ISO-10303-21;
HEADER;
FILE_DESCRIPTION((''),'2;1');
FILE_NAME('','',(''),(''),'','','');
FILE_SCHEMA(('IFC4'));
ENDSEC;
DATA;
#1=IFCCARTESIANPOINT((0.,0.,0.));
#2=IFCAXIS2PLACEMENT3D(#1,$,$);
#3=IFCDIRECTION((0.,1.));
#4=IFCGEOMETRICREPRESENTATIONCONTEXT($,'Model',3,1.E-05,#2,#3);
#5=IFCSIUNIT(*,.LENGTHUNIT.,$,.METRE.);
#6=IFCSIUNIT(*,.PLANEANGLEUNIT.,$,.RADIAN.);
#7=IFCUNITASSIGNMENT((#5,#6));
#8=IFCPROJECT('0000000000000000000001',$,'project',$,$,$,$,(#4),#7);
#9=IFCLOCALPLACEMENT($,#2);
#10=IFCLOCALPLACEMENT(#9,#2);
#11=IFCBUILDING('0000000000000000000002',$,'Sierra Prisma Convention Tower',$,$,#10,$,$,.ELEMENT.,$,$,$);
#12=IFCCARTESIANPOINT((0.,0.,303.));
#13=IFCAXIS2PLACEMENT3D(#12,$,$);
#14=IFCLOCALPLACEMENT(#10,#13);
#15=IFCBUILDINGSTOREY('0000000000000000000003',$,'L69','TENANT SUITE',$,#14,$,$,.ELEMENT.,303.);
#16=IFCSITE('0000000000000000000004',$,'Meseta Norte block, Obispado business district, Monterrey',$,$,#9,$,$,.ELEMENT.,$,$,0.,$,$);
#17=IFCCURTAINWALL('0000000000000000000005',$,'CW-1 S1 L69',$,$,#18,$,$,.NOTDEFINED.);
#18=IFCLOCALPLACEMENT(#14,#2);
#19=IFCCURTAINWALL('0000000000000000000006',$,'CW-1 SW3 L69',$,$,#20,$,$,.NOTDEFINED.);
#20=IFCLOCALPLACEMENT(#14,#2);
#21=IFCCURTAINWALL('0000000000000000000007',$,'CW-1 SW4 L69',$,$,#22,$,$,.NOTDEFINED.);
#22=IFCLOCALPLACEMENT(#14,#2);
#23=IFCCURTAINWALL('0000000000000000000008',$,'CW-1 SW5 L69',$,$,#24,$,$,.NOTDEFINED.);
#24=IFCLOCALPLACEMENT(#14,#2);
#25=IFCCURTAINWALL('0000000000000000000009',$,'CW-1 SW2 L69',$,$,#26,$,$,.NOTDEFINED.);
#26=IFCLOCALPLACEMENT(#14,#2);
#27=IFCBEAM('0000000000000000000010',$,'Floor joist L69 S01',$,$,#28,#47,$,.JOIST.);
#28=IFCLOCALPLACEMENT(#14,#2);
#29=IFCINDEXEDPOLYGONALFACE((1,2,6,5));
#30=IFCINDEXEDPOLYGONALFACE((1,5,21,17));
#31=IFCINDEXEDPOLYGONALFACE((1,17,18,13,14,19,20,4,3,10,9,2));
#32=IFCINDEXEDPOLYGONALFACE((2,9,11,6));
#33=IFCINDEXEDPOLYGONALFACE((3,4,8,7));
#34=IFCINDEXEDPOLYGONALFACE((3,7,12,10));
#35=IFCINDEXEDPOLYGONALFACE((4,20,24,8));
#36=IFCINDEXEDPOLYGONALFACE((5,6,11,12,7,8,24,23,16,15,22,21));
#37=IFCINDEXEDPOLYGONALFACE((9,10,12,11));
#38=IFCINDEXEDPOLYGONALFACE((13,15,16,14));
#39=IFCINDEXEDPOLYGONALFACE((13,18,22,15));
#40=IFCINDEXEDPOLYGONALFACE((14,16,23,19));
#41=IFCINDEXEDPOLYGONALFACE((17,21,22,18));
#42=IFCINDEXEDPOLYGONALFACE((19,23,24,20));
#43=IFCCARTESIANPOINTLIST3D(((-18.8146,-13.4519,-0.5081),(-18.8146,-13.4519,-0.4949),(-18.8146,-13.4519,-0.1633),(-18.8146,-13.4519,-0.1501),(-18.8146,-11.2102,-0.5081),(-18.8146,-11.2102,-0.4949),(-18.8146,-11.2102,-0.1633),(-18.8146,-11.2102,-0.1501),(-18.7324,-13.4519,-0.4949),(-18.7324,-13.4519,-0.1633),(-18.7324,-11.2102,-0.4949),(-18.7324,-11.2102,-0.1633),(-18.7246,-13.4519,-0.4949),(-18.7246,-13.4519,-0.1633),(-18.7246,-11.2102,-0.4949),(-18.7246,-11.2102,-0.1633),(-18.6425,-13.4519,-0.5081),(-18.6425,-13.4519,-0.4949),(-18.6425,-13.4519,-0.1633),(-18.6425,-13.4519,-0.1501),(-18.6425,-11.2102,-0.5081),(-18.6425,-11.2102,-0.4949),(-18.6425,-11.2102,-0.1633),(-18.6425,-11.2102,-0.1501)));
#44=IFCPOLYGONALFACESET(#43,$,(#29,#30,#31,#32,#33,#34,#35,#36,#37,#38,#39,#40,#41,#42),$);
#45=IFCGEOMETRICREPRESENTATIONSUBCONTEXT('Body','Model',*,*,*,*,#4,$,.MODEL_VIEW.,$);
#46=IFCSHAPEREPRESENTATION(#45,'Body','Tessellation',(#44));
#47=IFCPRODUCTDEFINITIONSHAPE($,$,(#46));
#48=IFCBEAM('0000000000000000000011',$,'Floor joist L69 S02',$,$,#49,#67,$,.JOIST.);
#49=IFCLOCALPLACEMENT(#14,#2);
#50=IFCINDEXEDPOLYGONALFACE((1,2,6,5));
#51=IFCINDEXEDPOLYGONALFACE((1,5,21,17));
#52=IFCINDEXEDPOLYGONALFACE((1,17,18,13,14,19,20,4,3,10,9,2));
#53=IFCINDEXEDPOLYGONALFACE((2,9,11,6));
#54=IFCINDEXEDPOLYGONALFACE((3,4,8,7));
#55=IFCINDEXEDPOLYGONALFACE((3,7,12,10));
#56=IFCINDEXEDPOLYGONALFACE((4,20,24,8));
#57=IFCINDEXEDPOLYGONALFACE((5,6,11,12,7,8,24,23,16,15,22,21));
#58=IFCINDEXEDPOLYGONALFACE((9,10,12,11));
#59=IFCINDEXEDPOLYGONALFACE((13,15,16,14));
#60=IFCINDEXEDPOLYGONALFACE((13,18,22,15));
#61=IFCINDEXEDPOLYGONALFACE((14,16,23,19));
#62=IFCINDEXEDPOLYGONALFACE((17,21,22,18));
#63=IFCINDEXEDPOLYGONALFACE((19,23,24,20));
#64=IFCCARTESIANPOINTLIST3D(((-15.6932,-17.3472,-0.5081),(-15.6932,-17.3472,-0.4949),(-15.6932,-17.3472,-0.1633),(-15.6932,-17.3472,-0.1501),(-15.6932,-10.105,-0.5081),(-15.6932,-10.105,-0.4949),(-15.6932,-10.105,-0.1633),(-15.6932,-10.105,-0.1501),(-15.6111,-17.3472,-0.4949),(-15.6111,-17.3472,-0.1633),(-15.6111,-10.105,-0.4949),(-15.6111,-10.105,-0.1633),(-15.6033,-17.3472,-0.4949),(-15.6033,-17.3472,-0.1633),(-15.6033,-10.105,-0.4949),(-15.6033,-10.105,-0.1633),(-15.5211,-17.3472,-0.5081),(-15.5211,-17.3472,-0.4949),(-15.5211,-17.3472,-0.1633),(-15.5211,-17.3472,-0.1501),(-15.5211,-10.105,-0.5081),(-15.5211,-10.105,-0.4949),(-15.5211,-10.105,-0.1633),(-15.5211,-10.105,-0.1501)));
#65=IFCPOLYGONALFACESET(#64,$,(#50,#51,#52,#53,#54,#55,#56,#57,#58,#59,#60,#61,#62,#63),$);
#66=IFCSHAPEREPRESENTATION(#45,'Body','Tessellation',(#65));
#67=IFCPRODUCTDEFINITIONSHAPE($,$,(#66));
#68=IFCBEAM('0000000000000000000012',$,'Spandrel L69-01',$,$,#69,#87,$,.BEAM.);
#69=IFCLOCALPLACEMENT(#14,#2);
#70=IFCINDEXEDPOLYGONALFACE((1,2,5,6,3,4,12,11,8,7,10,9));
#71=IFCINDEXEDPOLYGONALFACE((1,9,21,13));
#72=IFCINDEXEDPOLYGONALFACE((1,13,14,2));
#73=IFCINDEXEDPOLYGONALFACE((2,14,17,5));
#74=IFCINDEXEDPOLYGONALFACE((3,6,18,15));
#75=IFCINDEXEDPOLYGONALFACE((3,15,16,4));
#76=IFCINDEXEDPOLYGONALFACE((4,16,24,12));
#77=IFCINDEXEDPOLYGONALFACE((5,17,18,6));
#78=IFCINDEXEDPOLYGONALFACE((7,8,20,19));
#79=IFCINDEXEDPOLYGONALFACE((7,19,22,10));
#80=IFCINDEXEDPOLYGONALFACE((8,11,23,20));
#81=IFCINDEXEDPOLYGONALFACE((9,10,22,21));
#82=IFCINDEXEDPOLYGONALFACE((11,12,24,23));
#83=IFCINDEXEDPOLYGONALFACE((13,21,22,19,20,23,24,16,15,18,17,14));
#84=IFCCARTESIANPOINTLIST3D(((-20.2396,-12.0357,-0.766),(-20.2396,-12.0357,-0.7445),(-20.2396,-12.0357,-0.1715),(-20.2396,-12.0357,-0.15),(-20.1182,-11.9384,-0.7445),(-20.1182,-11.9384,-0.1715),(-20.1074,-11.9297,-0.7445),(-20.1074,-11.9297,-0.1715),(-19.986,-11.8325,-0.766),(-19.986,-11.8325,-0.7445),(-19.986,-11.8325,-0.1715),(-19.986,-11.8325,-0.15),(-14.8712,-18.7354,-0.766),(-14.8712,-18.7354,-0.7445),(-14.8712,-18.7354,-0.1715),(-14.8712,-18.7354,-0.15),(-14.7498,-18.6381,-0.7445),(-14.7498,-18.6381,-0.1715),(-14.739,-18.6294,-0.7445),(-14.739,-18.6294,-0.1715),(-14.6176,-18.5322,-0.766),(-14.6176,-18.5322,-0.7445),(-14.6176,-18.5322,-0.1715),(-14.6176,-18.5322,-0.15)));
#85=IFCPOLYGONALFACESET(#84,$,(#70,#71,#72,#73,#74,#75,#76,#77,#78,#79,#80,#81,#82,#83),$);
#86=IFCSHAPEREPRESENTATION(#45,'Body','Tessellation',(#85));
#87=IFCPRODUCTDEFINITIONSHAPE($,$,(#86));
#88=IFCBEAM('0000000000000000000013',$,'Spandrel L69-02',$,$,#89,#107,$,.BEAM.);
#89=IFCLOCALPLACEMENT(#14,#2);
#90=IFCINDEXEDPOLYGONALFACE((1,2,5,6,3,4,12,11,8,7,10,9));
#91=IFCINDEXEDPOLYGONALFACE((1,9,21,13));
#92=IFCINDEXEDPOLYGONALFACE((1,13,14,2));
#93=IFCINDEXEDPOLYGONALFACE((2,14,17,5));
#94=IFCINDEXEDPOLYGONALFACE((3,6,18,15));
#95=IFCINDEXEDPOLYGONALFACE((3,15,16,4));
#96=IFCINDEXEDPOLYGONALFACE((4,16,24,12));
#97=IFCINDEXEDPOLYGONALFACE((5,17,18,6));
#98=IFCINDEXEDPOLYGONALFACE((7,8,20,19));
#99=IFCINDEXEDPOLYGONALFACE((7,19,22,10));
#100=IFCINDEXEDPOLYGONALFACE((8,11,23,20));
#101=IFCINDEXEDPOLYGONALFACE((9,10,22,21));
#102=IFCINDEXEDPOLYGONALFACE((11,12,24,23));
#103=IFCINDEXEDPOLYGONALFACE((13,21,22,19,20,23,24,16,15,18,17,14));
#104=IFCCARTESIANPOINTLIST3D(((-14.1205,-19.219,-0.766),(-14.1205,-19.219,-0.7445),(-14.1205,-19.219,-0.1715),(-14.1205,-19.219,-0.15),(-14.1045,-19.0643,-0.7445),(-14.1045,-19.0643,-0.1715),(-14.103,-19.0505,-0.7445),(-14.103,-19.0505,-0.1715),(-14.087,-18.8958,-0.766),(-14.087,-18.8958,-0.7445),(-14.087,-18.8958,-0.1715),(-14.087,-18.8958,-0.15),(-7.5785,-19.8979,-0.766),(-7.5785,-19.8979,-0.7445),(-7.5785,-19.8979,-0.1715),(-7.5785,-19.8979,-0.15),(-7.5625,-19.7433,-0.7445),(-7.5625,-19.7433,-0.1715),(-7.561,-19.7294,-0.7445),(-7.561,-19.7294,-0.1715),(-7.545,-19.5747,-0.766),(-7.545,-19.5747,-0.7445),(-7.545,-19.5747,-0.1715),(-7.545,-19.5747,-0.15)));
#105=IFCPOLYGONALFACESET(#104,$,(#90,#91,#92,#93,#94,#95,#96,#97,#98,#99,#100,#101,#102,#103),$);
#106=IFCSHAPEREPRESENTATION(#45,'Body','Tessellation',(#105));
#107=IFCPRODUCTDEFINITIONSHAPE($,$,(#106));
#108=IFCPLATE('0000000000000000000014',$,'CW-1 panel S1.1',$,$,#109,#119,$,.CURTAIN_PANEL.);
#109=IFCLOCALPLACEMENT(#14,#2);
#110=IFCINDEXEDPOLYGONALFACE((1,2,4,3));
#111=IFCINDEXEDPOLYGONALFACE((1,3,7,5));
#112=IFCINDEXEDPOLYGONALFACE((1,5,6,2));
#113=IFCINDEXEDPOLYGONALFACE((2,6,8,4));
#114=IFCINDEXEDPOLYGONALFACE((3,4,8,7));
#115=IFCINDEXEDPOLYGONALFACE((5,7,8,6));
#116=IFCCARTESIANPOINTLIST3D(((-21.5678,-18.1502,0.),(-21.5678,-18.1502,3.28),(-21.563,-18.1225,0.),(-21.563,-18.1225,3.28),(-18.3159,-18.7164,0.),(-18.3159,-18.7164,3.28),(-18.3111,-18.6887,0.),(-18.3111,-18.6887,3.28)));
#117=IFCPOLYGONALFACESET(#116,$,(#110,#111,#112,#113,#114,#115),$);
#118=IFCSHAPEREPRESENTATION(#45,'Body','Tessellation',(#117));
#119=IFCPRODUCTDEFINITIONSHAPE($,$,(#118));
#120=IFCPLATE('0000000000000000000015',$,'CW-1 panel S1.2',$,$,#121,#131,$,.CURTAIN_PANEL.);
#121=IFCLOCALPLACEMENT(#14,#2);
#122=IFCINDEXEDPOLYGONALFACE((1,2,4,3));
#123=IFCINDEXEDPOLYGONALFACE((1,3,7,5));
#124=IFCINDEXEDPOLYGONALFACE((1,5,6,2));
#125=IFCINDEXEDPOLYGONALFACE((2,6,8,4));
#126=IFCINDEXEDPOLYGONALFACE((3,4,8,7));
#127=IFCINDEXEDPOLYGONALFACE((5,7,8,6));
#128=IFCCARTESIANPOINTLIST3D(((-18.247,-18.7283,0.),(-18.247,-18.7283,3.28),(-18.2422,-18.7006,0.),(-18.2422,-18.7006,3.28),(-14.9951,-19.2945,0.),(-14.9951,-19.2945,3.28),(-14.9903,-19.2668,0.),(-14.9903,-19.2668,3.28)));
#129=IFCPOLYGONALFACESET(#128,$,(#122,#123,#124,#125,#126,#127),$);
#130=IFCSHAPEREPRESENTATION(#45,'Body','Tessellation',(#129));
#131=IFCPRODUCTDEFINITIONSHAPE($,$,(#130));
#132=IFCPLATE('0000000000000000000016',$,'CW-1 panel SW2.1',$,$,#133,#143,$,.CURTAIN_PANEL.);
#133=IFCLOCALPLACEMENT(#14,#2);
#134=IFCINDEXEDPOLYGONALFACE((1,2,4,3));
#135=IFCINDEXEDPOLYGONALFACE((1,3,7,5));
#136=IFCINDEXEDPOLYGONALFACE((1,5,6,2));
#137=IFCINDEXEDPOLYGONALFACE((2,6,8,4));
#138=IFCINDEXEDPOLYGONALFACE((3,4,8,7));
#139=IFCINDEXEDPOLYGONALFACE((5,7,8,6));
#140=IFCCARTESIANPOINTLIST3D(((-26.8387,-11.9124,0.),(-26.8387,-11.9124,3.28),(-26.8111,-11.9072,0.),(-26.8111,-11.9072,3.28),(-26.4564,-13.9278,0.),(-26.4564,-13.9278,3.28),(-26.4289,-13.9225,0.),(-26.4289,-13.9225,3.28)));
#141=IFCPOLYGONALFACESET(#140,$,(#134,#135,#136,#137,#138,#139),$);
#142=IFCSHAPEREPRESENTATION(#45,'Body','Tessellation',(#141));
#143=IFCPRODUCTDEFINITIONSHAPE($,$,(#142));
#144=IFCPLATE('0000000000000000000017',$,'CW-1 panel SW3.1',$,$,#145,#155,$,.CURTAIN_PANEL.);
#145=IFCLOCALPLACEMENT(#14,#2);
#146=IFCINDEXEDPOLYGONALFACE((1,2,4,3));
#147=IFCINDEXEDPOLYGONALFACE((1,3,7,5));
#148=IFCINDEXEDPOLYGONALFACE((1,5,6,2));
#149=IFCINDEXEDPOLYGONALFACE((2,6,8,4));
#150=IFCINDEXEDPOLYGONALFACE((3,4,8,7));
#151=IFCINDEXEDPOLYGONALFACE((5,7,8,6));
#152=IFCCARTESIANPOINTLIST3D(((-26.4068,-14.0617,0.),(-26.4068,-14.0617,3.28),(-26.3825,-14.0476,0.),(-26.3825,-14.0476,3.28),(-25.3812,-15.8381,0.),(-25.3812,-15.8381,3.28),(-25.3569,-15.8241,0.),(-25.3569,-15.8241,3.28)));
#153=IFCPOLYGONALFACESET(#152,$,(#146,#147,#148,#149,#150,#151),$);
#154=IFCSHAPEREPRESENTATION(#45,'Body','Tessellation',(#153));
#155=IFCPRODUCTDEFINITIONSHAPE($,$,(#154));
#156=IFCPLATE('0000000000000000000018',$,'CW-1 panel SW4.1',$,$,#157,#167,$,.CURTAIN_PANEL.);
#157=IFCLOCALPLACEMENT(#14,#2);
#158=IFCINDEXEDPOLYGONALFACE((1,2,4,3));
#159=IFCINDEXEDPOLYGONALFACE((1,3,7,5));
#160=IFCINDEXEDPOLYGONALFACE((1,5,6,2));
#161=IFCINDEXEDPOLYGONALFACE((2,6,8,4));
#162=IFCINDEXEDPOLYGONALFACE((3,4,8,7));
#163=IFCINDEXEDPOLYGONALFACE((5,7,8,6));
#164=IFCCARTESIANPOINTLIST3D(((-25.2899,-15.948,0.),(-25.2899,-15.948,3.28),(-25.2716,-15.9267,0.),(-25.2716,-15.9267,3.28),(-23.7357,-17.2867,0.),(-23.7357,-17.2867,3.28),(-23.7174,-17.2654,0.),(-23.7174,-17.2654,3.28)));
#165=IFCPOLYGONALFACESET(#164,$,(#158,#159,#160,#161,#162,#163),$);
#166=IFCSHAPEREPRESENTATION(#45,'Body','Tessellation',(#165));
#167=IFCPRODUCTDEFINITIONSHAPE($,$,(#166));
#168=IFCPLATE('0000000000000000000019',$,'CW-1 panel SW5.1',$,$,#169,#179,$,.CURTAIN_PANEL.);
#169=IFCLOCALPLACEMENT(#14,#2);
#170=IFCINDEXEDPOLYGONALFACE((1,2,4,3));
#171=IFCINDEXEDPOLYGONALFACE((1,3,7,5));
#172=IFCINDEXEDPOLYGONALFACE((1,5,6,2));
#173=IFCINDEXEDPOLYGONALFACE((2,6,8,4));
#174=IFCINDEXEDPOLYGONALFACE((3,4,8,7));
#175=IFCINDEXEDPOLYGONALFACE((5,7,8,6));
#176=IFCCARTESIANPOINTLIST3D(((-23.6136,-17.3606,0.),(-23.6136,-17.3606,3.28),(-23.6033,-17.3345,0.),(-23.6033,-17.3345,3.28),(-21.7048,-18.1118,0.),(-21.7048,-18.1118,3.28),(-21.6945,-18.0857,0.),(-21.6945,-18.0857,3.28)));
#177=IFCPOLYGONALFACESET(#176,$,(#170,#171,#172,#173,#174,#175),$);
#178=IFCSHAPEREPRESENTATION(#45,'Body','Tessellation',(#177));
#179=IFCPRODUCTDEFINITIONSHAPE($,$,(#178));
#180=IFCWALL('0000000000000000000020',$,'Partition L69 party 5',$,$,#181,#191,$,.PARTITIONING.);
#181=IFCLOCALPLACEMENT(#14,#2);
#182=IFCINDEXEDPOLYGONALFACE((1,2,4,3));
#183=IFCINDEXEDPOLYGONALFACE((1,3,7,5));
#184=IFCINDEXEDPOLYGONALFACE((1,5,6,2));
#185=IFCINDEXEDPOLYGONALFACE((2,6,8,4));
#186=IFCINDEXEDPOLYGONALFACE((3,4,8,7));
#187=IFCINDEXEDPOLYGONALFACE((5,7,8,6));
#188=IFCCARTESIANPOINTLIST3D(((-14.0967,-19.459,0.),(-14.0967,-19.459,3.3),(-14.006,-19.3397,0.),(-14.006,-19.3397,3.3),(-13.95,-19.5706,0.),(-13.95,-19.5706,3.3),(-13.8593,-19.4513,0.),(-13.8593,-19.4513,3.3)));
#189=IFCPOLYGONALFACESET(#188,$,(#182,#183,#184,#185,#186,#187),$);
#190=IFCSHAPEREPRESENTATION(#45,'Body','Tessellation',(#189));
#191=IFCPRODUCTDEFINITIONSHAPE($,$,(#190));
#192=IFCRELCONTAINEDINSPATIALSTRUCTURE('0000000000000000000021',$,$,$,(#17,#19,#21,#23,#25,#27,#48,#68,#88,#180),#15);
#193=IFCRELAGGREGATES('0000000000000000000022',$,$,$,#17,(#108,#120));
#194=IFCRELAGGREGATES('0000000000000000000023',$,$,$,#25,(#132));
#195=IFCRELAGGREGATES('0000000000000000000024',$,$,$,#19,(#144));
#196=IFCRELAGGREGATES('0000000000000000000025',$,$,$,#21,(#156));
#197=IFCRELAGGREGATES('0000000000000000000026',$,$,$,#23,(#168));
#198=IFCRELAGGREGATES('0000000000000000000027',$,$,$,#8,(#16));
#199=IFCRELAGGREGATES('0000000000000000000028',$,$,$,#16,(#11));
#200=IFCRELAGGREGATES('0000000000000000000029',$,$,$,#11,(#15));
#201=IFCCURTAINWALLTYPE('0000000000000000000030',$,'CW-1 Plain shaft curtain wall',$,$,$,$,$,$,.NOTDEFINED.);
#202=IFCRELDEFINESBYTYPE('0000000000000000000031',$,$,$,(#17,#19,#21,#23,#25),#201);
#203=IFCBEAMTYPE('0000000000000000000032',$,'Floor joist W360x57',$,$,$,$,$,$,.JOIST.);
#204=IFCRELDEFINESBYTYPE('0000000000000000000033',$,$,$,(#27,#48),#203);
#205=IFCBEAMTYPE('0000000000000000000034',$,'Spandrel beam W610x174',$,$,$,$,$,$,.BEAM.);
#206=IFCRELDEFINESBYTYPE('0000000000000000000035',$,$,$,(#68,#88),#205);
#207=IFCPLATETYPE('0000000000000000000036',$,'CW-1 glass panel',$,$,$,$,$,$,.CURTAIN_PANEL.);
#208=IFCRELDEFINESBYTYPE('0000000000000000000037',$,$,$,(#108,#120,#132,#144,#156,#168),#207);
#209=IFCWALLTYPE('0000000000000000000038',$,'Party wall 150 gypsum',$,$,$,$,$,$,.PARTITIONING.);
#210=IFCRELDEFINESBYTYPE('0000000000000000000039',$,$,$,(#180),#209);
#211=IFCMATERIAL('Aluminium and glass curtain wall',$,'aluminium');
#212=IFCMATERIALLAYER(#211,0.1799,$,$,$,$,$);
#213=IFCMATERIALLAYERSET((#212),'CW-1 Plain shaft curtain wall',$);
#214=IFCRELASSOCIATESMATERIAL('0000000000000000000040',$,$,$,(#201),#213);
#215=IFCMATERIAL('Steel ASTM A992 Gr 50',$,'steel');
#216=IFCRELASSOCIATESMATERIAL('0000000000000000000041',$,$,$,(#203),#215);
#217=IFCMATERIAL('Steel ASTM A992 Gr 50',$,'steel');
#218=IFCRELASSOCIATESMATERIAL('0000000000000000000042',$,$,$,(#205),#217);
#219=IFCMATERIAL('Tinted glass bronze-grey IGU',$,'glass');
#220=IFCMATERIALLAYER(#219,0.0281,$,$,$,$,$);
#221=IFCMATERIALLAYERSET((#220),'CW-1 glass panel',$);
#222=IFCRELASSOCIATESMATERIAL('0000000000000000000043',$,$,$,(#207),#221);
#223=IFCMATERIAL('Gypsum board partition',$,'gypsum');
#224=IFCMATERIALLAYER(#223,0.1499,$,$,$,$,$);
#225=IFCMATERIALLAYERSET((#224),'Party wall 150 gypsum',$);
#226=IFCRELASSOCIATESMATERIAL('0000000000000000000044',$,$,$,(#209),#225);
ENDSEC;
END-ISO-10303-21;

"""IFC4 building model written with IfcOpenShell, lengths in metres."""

from ifc_helpers import new_model, si_unit, direction, frame, frame_2d, origin, origin_2d, place, context, subcontext, project, spatial, rectangle, i_section, extrude, material, layer, layer_set, material_profile, profile_set, type_object, element, aggregate, save


model = new_model("IFC4")

# Units and contexts
model_context = context("Model", 3, precision=1e-05, world=origin(), true_north=direction((0.0, 1.0)))
body_context = subcontext(model_context, "Body", "Model", "MODEL_VIEW")
ifc_project = project(units=[si_unit("LENGTHUNIT", "METRE"), si_unit("PLANEANGLEUNIT", "RADIAN")], contexts=[model_context])

# Site, building, storey
site_placement = place(None, origin())
site = spatial("IfcSite", under=ifc_project, at=site_placement, Name="Meseta Norte block, Obispado business district, Monterrey", CompositionType="ELEMENT", RefElevation=0.0)
building_placement = place(site_placement, origin())
building = spatial("IfcBuilding", under=site, at=building_placement, Name="Sierra Prisma Convention Tower", CompositionType="ELEMENT")
storey_placement = place(building_placement, frame((0.0, 0.0, 303.0)))
storey = spatial("IfcBuildingStorey", under=building, at=storey_placement, Name="L69", Description="TENANT SUITE", CompositionType="ELEMENT", Elevation=303.0)

# Curtain wall
ifc_material_1 = material(Name="Aluminium and glass curtain wall", Category="aluminium")
ifc_layer_1 = layer(ifc_material_1, 0.1799)
ifc_layer_set_1 = layer_set([ifc_layer_1], Name="CW-1 Plain shaft curtain wall")
curtain_wall_type = type_object("IfcCurtainWallType", Name="CW-1 Plain shaft curtain wall", PredefinedType="NOTDEFINED", material=ifc_layer_set_1)
curtain_wall_1_placement = place(storey_placement, origin())
curtain_wall_1 = element("IfcCurtainWall", 1, at=curtain_wall_1_placement, inside=storey, type_object=curtain_wall_type, Name="CW-1 S1 L69", PredefinedType="NOTDEFINED")

# Curtain walls
curtain_wall_2_placement = place(storey_placement, origin())
curtain_wall_2 = element("IfcCurtainWall", 2, at=curtain_wall_2_placement, inside=storey, type_object=curtain_wall_type, Name="CW-1 SW3 L69", PredefinedType="NOTDEFINED")
curtain_wall_3_placement = place(storey_placement, origin())
curtain_wall_3 = element("IfcCurtainWall", 3, at=curtain_wall_3_placement, inside=storey, type_object=curtain_wall_type, Name="CW-1 SW4 L69", PredefinedType="NOTDEFINED")
curtain_wall_4_placement = place(storey_placement, origin())
curtain_wall_4 = element("IfcCurtainWall", 4, at=curtain_wall_4_placement, inside=storey, type_object=curtain_wall_type, Name="CW-1 SW5 L69", PredefinedType="NOTDEFINED")

# Curtain wall
curtain_wall_5_placement = place(storey_placement, origin())
curtain_wall_5 = element("IfcCurtainWall", 5, at=curtain_wall_5_placement, inside=storey, type_object=curtain_wall_type, Name="CW-1 SW2 L69", PredefinedType="NOTDEFINED")

# Beams
ifc_material_2 = material(Name="Steel ASTM A992 Gr 50", Category="steel")
ifc_material_profile_1 = material_profile(ifc_material_2, i_section(OverallWidth=0.1721, OverallDepth=0.3579, WebThickness=0.0078, FlangeThickness=0.0132, at=origin_2d()), Name="W360x57")
ifc_profile_set_1 = profile_set([ifc_material_profile_1], Name="Steel ASTM A992 Gr 50")
beam_type_1 = type_object("IfcBeamType", Name="Floor joist W360x57", PredefinedType="JOIST", material=ifc_profile_set_1)
beam_1_placement = place(storey_placement, frame((-18.7285, -13.4519, -0.3291), z_axis=(0.0, 1.0, 0.0), x_axis=(-1.0, 0.0, 0.0)))
element("IfcBeam", 6, at=beam_1_placement, inside=storey, type_object=beam_type_1, Name="Floor joist L69 S01", PredefinedType="JOIST", context=body_context, shape_type="SweptSolid", body=[
    extrude(i_section(OverallWidth=0.1721, OverallDepth=0.3579, WebThickness=0.0078, FlangeThickness=0.0132, at=origin_2d()), origin(), (0.0, 0.0, 1.0), 2.2417),
])
beam_2_placement = place(storey_placement, frame((-15.6072, -17.3472, -0.3291), z_axis=(0.0, 1.0, 0.0), x_axis=(-1.0, 0.0, 0.0)))
element("IfcBeam", 7, at=beam_2_placement, inside=storey, type_object=beam_type_1, Name="Floor joist L69 S02", PredefinedType="JOIST", context=body_context, shape_type="SweptSolid", body=[
    extrude(i_section(OverallWidth=0.1721, OverallDepth=0.3579, WebThickness=0.0078, FlangeThickness=0.0132, at=origin_2d()), origin(), (0.0, 0.0, 1.0), 7.2422),
])
ifc_material_3 = material(Name="Steel ASTM A992 Gr 50", Category="steel")
ifc_material_profile_2 = material_profile(ifc_material_3, i_section(OverallWidth=0.325, OverallDepth=0.616, WebThickness=0.0139, FlangeThickness=0.0215, at=origin_2d()), Name="W610x174")
ifc_profile_set_2 = profile_set([ifc_material_profile_2], Name="Steel ASTM A992 Gr 50")
beam_type_2 = type_object("IfcBeamType", Name="Spandrel beam W610x174", PredefinedType="BEAM", material=ifc_profile_set_2)
beam_3_placement = place(storey_placement, frame((-20.1128, -11.9341, -0.458), z_axis=(0.625309, -0.780378, 0.0), x_axis=(0.780378, 0.625309, 0.0)))
element("IfcBeam", 8, at=beam_3_placement, inside=storey, type_object=beam_type_2, Name="Spandrel L69-01", PredefinedType="BEAM", context=body_context, shape_type="SweptSolid", body=[
    extrude(i_section(OverallWidth=0.325, OverallDepth=0.616, WebThickness=0.0139, FlangeThickness=0.0215, at=origin_2d()), origin(), (0.0, 0.0, 1.0), 8.5852),
])
beam_4_placement = place(storey_placement, frame((-14.1038, -19.0574, -0.458), z_axis=(0.994658, -0.10323, 0.0), x_axis=(0.10323, 0.994658, 0.0)))
element("IfcBeam", 9, at=beam_4_placement, inside=storey, type_object=beam_type_2, Name="Spandrel L69-02", PredefinedType="BEAM", context=body_context, shape_type="SweptSolid", body=[
    extrude(i_section(OverallWidth=0.325, OverallDepth=0.616, WebThickness=0.0139, FlangeThickness=0.0215, at=origin_2d()), origin(), (0.0, 0.0, 1.0), 6.5771),
])

# Plates
ifc_material_4 = material(Name="Tinted glass bronze-grey IGU", Category="glass")
ifc_layer_2 = layer(ifc_material_4, 0.0281)
ifc_layer_set_2 = layer_set([ifc_layer_2], Name="CW-1 glass panel")
plate_type = type_object("IfcPlateType", Name="CW-1 glass panel", PredefinedType="CURTAIN_PANEL", material=ifc_layer_set_2)
plate_1_placement = place(storey_placement, frame((-19.9395, -18.4194, 0.0), z_axis=(0.0, 0.0, 1.0), x_axis=(0.985179, -0.171532, 0.0)))
plate_1 = element("IfcPlate", 10, at=plate_1_placement, type_object=plate_type, Name="CW-1 panel S1.1", PredefinedType="CURTAIN_PANEL", context=body_context, shape_type="SweptSolid", body=[
    extrude(rectangle(XDim=3.3008, YDim=0.0281, at=origin_2d()), origin(), (0.0, 0.0, 1.0), 3.28),
])
plate_2_placement = place(storey_placement, frame((-16.6187, -18.9976, 0.0), z_axis=(0.0, 0.0, 1.0), x_axis=(0.985179, -0.171532, 0.0)))
plate_2 = element("IfcPlate", 11, at=plate_2_placement, type_object=plate_type, Name="CW-1 panel S1.2", PredefinedType="CURTAIN_PANEL", context=body_context, shape_type="SweptSolid", body=[
    extrude(rectangle(XDim=3.3008, YDim=0.0281, at=origin_2d()), origin(), (0.0, 0.0, 1.0), 3.28),
])
aggregate(curtain_wall_1, [plate_1, plate_2])
plate_3_placement = place(storey_placement, frame((-26.6338, -12.9175, 0.0), z_axis=(0.0, 0.0, 1.0), x_axis=(0.186368, -0.98248, 0.0)))
plate_3 = element("IfcPlate", 12, at=plate_3_placement, type_object=plate_type, Name="CW-1 panel SW2.1", PredefinedType="CURTAIN_PANEL", context=body_context, shape_type="SweptSolid", body=[
    extrude(rectangle(XDim=2.0513, YDim=0.0281, at=origin_2d()), origin(), (0.0, 0.0, 1.0), 3.28),
])
aggregate(curtain_wall_5, [plate_3])
plate_4_placement = place(storey_placement, frame((-25.8818, -14.9429, 0.0), z_axis=(0.0, 0.0, 1.0), x_axis=(0.5, -0.866025, 0.0)))
plate_4 = element("IfcPlate", 13, at=plate_4_placement, type_object=plate_type, Name="CW-1 panel SW3.1", PredefinedType="CURTAIN_PANEL", context=body_context, shape_type="SweptSolid", body=[
    extrude(rectangle(XDim=2.0513, YDim=0.0281, at=origin_2d()), origin(), (0.0, 0.0, 1.0), 3.28),
])
aggregate(curtain_wall_2, [plate_4])
plate_5_placement = place(storey_placement, frame((-24.5037, -16.6067, 0.0), z_axis=(0.0, 0.0, 1.0), x_axis=(0.757669, -0.65264, 0.0)))
plate_5 = element("IfcPlate", 14, at=plate_5_placement, type_object=plate_type, Name="CW-1 panel SW4.1", PredefinedType="CURTAIN_PANEL", context=body_context, shape_type="SweptSolid", body=[
    extrude(rectangle(XDim=2.0513, YDim=0.0281, at=origin_2d()), origin(), (0.0, 0.0, 1.0), 3.28),
])
aggregate(curtain_wall_3, [plate_5])
plate_6_placement = place(storey_placement, frame((-22.6541, -17.7231, 0.0), z_axis=(0.0, 0.0, 1.0), x_axis=(0.930534, -0.366206, 0.0)))
plate_6 = element("IfcPlate", 15, at=plate_6_placement, type_object=plate_type, Name="CW-1 panel SW5.1", PredefinedType="CURTAIN_PANEL", context=body_context, shape_type="SweptSolid", body=[
    extrude(rectangle(XDim=2.0513, YDim=0.0281, at=origin_2d()), origin(), (0.0, 0.0, 1.0), 3.28),
])
aggregate(curtain_wall_4, [plate_6])

# Wall
ifc_material_5 = material(Name="Gypsum board partition", Category="gypsum")
ifc_layer_3 = layer(ifc_material_5, 0.1499)
ifc_layer_set_3 = layer_set([ifc_layer_3], Name="Party wall 150 gypsum")
wall_type = type_object("IfcWallType", Name="Party wall 150 gypsum", PredefinedType="PARTITIONING", material=ifc_layer_set_3)
wall_placement = place(storey_placement, frame((-13.9045, -19.511, 0.0), z_axis=(0.0, 0.0, 1.0), x_axis=(-0.796009, 0.605285, 0.0)))
element("IfcWall", 16, at=wall_placement, inside=storey, type_object=wall_type, Name="Partition L69 party 5", PredefinedType="PARTITIONING", context=body_context, shape_type="SweptSolid", body=[
    extrude(rectangle(XDim=0.1843, YDim=0.1499, at=frame_2d((0.0923, 0.0))), origin(), (0.0, 0.0, 1.0), 3.3),
])

save(model, "model.ifc")
